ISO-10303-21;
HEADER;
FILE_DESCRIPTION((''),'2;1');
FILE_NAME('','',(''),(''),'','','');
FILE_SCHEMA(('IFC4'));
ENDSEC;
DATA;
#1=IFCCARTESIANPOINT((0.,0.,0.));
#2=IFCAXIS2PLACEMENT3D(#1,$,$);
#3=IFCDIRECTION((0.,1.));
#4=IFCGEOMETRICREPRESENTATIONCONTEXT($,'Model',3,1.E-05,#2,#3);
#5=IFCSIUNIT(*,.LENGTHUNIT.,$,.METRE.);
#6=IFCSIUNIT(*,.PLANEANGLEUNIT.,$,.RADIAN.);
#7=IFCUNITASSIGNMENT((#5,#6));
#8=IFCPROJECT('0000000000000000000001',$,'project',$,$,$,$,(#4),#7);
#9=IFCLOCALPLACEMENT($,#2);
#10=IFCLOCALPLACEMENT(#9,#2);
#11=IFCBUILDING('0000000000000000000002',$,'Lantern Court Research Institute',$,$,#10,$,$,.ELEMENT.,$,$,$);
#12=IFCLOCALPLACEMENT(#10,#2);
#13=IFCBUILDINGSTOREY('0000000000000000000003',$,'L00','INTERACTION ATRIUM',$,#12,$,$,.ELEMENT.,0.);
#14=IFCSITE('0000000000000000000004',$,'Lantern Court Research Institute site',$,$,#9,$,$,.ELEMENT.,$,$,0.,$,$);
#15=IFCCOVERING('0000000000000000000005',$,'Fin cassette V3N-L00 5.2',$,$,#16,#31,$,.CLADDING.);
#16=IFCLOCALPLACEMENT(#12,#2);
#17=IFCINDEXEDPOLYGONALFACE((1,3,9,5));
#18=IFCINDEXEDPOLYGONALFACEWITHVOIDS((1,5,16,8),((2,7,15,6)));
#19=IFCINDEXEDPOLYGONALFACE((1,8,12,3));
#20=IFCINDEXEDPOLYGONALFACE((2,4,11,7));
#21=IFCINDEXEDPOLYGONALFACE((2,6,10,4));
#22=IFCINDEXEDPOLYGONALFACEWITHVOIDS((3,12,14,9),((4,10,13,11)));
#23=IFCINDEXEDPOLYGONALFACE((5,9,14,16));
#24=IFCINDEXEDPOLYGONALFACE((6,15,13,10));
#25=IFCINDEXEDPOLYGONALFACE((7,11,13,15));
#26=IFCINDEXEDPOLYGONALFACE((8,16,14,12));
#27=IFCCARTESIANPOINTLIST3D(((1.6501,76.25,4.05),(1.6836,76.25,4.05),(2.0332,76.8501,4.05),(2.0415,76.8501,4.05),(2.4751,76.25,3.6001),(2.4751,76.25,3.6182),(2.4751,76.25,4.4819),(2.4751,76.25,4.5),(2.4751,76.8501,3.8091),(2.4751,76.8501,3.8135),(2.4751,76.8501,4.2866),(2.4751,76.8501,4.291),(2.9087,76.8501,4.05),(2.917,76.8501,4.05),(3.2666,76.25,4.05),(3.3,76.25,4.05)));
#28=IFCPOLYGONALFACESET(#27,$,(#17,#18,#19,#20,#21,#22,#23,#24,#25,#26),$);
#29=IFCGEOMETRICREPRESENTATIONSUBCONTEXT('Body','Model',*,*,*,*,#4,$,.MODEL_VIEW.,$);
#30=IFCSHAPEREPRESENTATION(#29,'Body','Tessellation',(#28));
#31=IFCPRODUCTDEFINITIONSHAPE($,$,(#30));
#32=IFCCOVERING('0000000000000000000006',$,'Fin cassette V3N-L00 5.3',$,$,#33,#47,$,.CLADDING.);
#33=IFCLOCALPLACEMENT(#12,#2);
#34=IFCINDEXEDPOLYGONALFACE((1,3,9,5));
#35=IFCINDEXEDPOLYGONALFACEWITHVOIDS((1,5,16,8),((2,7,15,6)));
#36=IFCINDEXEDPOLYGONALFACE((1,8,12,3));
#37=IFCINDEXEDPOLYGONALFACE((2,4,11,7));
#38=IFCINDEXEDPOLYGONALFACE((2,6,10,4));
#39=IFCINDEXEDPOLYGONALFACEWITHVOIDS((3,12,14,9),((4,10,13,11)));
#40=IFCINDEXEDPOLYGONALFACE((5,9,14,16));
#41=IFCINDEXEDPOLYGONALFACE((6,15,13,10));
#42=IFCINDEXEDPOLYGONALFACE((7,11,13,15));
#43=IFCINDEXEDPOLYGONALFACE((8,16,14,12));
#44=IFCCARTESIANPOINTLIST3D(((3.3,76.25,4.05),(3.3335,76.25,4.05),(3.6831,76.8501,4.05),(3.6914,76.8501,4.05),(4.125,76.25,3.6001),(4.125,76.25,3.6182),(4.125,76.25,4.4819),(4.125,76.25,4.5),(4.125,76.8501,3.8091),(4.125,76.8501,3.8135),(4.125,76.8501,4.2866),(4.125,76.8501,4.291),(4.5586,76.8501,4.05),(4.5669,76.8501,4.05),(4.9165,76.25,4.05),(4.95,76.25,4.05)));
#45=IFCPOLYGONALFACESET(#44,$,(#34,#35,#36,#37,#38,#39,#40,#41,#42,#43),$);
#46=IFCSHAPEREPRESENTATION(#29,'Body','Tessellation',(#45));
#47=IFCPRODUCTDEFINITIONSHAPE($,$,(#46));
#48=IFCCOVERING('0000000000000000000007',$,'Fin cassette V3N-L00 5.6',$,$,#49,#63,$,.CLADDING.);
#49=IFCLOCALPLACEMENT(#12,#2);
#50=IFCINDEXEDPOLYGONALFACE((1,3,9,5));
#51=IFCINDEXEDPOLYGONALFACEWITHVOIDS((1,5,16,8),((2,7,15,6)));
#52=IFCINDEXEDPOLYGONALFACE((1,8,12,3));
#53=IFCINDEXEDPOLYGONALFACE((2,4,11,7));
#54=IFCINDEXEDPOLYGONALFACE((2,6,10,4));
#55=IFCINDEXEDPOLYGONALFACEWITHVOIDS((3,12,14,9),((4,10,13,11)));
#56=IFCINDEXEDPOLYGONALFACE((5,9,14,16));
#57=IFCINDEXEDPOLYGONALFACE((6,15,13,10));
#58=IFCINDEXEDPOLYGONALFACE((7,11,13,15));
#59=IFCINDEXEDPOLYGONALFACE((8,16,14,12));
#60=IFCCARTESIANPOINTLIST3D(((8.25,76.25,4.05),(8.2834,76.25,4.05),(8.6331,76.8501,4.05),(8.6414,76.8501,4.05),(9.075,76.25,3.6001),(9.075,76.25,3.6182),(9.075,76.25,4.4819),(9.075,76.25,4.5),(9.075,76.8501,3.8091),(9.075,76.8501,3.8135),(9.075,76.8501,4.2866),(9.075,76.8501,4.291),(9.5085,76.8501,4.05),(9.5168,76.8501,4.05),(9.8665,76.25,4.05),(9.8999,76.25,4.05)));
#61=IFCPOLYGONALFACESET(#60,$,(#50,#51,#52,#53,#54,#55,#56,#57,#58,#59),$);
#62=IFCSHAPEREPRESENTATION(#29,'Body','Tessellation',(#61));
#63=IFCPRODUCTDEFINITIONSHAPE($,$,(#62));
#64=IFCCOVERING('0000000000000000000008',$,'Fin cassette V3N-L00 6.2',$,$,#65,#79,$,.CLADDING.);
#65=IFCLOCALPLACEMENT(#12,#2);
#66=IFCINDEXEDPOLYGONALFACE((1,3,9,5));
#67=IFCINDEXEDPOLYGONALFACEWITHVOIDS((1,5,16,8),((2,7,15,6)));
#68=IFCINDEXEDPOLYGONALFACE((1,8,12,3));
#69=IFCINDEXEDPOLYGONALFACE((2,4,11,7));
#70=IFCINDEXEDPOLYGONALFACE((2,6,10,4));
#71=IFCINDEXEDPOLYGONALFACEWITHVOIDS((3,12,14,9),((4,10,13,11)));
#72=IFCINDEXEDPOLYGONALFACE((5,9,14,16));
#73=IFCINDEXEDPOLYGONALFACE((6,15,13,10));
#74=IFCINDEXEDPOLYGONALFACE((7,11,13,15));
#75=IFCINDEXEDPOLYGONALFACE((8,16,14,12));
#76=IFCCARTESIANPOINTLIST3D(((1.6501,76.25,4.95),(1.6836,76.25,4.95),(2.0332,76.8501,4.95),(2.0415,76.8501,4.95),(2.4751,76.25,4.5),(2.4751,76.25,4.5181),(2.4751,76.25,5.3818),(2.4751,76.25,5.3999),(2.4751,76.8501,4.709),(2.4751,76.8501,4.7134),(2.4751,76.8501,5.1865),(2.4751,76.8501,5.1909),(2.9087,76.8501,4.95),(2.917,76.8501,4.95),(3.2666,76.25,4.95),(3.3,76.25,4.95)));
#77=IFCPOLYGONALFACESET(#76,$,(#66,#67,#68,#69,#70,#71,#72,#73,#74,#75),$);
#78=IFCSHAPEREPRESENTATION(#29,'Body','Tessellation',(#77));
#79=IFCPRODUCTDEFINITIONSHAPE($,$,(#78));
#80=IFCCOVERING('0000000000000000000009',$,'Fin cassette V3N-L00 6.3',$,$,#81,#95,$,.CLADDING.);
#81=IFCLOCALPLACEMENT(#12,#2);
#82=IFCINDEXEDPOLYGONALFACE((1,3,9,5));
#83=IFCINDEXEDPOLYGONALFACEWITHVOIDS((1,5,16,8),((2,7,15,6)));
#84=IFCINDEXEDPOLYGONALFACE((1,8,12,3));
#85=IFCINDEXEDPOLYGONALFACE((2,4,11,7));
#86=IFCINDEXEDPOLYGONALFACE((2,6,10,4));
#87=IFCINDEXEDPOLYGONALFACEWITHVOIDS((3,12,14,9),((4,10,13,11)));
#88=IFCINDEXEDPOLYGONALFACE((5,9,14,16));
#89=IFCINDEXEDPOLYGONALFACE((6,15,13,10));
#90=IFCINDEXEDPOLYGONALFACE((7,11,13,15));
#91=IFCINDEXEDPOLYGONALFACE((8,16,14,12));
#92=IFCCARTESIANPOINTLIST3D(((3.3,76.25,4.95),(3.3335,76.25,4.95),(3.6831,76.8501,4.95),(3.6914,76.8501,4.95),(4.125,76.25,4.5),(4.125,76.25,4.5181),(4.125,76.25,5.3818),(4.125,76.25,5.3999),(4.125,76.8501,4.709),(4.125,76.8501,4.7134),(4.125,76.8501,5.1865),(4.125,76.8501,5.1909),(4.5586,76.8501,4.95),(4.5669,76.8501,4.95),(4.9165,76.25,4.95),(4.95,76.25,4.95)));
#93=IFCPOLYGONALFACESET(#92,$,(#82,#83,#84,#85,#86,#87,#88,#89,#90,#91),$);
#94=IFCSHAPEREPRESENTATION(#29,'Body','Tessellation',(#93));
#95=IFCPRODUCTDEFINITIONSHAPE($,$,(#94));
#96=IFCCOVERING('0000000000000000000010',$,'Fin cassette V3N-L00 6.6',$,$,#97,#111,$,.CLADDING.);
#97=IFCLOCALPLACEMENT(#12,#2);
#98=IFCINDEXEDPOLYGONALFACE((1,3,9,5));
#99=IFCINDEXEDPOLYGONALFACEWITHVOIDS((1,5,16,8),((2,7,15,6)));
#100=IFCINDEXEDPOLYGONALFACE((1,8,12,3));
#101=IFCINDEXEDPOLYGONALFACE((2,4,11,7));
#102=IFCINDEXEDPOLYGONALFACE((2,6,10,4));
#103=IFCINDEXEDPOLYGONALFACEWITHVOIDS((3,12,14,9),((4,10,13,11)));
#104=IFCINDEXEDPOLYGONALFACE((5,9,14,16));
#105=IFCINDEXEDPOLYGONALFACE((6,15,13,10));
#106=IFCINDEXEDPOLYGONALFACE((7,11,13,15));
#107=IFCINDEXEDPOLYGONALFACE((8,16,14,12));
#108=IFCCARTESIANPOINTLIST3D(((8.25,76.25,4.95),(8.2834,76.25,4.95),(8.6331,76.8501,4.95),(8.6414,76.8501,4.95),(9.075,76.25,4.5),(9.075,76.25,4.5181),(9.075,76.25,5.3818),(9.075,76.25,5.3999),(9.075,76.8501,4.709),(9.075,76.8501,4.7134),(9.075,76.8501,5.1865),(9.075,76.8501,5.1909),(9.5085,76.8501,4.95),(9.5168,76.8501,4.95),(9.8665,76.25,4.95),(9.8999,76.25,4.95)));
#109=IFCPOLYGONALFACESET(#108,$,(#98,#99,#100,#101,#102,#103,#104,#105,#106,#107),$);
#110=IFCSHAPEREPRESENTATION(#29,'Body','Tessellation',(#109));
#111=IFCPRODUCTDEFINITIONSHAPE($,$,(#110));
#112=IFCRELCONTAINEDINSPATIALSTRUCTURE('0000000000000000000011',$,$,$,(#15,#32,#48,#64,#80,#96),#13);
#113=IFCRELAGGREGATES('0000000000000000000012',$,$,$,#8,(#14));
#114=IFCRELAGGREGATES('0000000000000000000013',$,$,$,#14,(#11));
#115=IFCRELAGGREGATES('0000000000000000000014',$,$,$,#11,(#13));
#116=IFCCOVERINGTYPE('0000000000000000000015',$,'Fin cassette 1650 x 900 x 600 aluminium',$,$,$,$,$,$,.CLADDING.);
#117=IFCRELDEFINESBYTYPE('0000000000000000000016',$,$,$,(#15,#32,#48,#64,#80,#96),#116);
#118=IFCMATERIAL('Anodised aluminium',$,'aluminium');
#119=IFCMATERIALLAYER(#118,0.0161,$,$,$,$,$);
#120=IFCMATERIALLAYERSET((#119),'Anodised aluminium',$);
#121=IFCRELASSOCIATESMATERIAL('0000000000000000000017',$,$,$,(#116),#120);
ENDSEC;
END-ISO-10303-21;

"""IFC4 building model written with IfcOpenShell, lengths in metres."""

from ifc_helpers import new_model, entity, si_unit, direction, frame, origin, place, context, subcontext, project, spatial, material, layer, layer_set, type_object, element, save


model = new_model("IFC4")

# Units and contexts
model_context = context("Model", 3, precision=1e-05, world=origin(), true_north=direction((0.0, 1.0)))
body_context = subcontext(model_context, "Body", "Model", "MODEL_VIEW")
ifc_project = project(units=[si_unit("LENGTHUNIT", "METRE"), si_unit("PLANEANGLEUNIT", "RADIAN")], contexts=[model_context])

# Site, building, storey
site_placement = place(None, origin())
site = spatial("IfcSite", under=ifc_project, at=site_placement, Name="Lantern Court Research Institute site", CompositionType="ELEMENT", RefElevation=0.0)
building_placement = place(site_placement, origin())
building = spatial("IfcBuilding", under=site, at=building_placement, Name="Lantern Court Research Institute", CompositionType="ELEMENT")
storey_placement = place(building_placement, origin())
storey = spatial("IfcBuildingStorey", under=building, at=storey_placement, Name="L00", Description="INTERACTION ATRIUM", CompositionType="ELEMENT", Elevation=0.0)

# Coverings
ifc_material_1 = material(Name="Anodised aluminium", Category="aluminium")
ifc_layer_1 = layer(ifc_material_1, 0.0161)
ifc_layer_set_1 = layer_set([ifc_layer_1], Name="Anodised aluminium")
covering_type_1 = type_object("IfcCoveringType", Name="Fin cassette 1650 x 900 x 600 aluminium", PredefinedType="CLADDING", material=ifc_layer_set_1)
covering_1_placement = place(storey_placement, frame((2.4751, 76.25, 4.05), z_axis=(0.0, 1.0, 0.0), x_axis=(-1.0, 0.0, 0.0)))
cartesian_point_1 = entity("IfcCartesianPoint", [0.825, 0.0])
cartesian_point_2 = entity("IfcCartesianPoint", [0.7915, 0.0])
cartesian_point_3 = entity("IfcCartesianPoint", [0.4419, 0.0])
cartesian_point_4 = entity("IfcCartesianPoint", [0.4336, 0.0])
element("IfcCovering", 1, at=covering_1_placement, inside=storey, type_object=covering_type_1, Name="Fin cassette V3N-L00 5.2", PredefinedType="CLADDING", context=body_context, shape_type="SweptSolid", body=[
    entity("IfcExtrudedAreaSolidTapered", entity("IfcArbitraryProfileDefWithVoids", "AREA", None, entity("IfcPolyline", [cartesian_point_1, entity("IfcCartesianPoint", [0.0, 0.45]), entity("IfcCartesianPoint", [-0.825, 0.0]), entity("IfcCartesianPoint", [0.0, -0.45]), cartesian_point_1]), [entity("IfcPolyline", [cartesian_point_2, entity("IfcCartesianPoint", [0.0, 0.4319]), entity("IfcCartesianPoint", [-0.7915, 0.0]), entity("IfcCartesianPoint", [0.0, -0.4319]), cartesian_point_2])]), entity("IfcAxis2Placement3D", entity("IfcCartesianPoint", [0.0, 0.0, 0.0])), entity("IfcDirection", [0.0, 0.0, 1.0]), 0.6001, entity("IfcArbitraryProfileDefWithVoids", "AREA", None, entity("IfcPolyline", [cartesian_point_3, entity("IfcCartesianPoint", [0.0, 0.241]), entity("IfcCartesianPoint", [-0.4419, 0.0]), entity("IfcCartesianPoint", [0.0, -0.241]), cartesian_point_3]), [entity("IfcPolyline", [cartesian_point_4, entity("IfcCartesianPoint", [0.0, 0.2366]), entity("IfcCartesianPoint", [-0.4336, 0.0]), entity("IfcCartesianPoint", [0.0, -0.2366]), cartesian_point_4])])),
])
covering_2_placement = place(storey_placement, frame((4.125, 76.25, 4.05), z_axis=(0.0, 1.0, 0.0), x_axis=(-1.0, 0.0, 0.0)))
cartesian_point_5 = entity("IfcCartesianPoint", [0.825, 0.0])
cartesian_point_6 = entity("IfcCartesianPoint", [0.7915, 0.0])
cartesian_point_7 = entity("IfcCartesianPoint", [0.4419, 0.0])
cartesian_point_8 = entity("IfcCartesianPoint", [0.4336, 0.0])
element("IfcCovering", 2, at=covering_2_placement, inside=storey, type_object=covering_type_1, Name="Fin cassette V3N-L00 5.3", PredefinedType="CLADDING", context=body_context, shape_type="SweptSolid", body=[
    entity("IfcExtrudedAreaSolidTapered", entity("IfcArbitraryProfileDefWithVoids", "AREA", None, entity("IfcPolyline", [cartesian_point_5, entity("IfcCartesianPoint", [0.0, 0.45]), entity("IfcCartesianPoint", [-0.825, 0.0]), entity("IfcCartesianPoint", [0.0, -0.45]), cartesian_point_5]), [entity("IfcPolyline", [cartesian_point_6, entity("IfcCartesianPoint", [0.0, 0.4319]), entity("IfcCartesianPoint", [-0.7915, 0.0]), entity("IfcCartesianPoint", [0.0, -0.4319]), cartesian_point_6])]), entity("IfcAxis2Placement3D", entity("IfcCartesianPoint", [0.0, 0.0, 0.0])), entity("IfcDirection", [0.0, 0.0, 1.0]), 0.6001, entity("IfcArbitraryProfileDefWithVoids", "AREA", None, entity("IfcPolyline", [cartesian_point_7, entity("IfcCartesianPoint", [0.0, 0.241]), entity("IfcCartesianPoint", [-0.4419, 0.0]), entity("IfcCartesianPoint", [0.0, -0.241]), cartesian_point_7]), [entity("IfcPolyline", [cartesian_point_8, entity("IfcCartesianPoint", [0.0, 0.2366]), entity("IfcCartesianPoint", [-0.4336, 0.0]), entity("IfcCartesianPoint", [0.0, -0.2366]), cartesian_point_8])])),
])
covering_3_placement = place(storey_placement, frame((9.075, 76.25, 4.05), z_axis=(0.0, 1.0, 0.0), x_axis=(-1.0, 0.0, 0.0)))
cartesian_point_9 = entity("IfcCartesianPoint", [0.825, 0.0])
cartesian_point_10 = entity("IfcCartesianPoint", [0.7915, 0.0])
cartesian_point_11 = entity("IfcCartesianPoint", [0.4419, 0.0])
cartesian_point_12 = entity("IfcCartesianPoint", [0.4336, 0.0])
element("IfcCovering", 3, at=covering_3_placement, inside=storey, type_object=covering_type_1, Name="Fin cassette V3N-L00 5.6", PredefinedType="CLADDING", context=body_context, shape_type="SweptSolid", body=[
    entity("IfcExtrudedAreaSolidTapered", entity("IfcArbitraryProfileDefWithVoids", "AREA", None, entity("IfcPolyline", [cartesian_point_9, entity("IfcCartesianPoint", [0.0, 0.45]), entity("IfcCartesianPoint", [-0.825, 0.0]), entity("IfcCartesianPoint", [0.0, -0.45]), cartesian_point_9]), [entity("IfcPolyline", [cartesian_point_10, entity("IfcCartesianPoint", [0.0, 0.4319]), entity("IfcCartesianPoint", [-0.7915, 0.0]), entity("IfcCartesianPoint", [0.0, -0.4319]), cartesian_point_10])]), entity("IfcAxis2Placement3D", entity("IfcCartesianPoint", [0.0, 0.0, 0.0])), entity("IfcDirection", [0.0, 0.0, 1.0]), 0.6001, entity("IfcArbitraryProfileDefWithVoids", "AREA", None, entity("IfcPolyline", [cartesian_point_11, entity("IfcCartesianPoint", [0.0, 0.241]), entity("IfcCartesianPoint", [-0.4419, 0.0]), entity("IfcCartesianPoint", [0.0, -0.241]), cartesian_point_11]), [entity("IfcPolyline", [cartesian_point_12, entity("IfcCartesianPoint", [0.0, 0.2366]), entity("IfcCartesianPoint", [-0.4336, 0.0]), entity("IfcCartesianPoint", [0.0, -0.2366]), cartesian_point_12])])),
])
covering_4_placement = place(storey_placement, frame((2.4751, 76.25, 4.95), z_axis=(0.0, 1.0, 0.0), x_axis=(-1.0, 0.0, 0.0)))
cartesian_point_13 = entity("IfcCartesianPoint", [0.825, 0.0])
cartesian_point_14 = entity("IfcCartesianPoint", [0.7915, 0.0])
cartesian_point_15 = entity("IfcCartesianPoint", [0.4419, 0.0])
cartesian_point_16 = entity("IfcCartesianPoint", [0.4336, 0.0])
element("IfcCovering", 4, at=covering_4_placement, inside=storey, type_object=covering_type_1, Name="Fin cassette V3N-L00 6.2", PredefinedType="CLADDING", context=body_context, shape_type="SweptSolid", body=[
    entity("IfcExtrudedAreaSolidTapered", entity("IfcArbitraryProfileDefWithVoids", "AREA", None, entity("IfcPolyline", [cartesian_point_13, entity("IfcCartesianPoint", [0.0, 0.45]), entity("IfcCartesianPoint", [-0.825, 0.0]), entity("IfcCartesianPoint", [0.0, -0.45]), cartesian_point_13]), [entity("IfcPolyline", [cartesian_point_14, entity("IfcCartesianPoint", [0.0, 0.4319]), entity("IfcCartesianPoint", [-0.7915, 0.0]), entity("IfcCartesianPoint", [0.0, -0.4319]), cartesian_point_14])]), entity("IfcAxis2Placement3D", entity("IfcCartesianPoint", [0.0, 0.0, 0.0])), entity("IfcDirection", [0.0, 0.0, 1.0]), 0.6001, entity("IfcArbitraryProfileDefWithVoids", "AREA", None, entity("IfcPolyline", [cartesian_point_15, entity("IfcCartesianPoint", [0.0, 0.241]), entity("IfcCartesianPoint", [-0.4419, 0.0]), entity("IfcCartesianPoint", [0.0, -0.241]), cartesian_point_15]), [entity("IfcPolyline", [cartesian_point_16, entity("IfcCartesianPoint", [0.0, 0.2366]), entity("IfcCartesianPoint", [-0.4336, 0.0]), entity("IfcCartesianPoint", [0.0, -0.2366]), cartesian_point_16])])),
])
covering_5_placement = place(storey_placement, frame((4.125, 76.25, 4.95), z_axis=(0.0, 1.0, 0.0), x_axis=(-1.0, 0.0, 0.0)))
cartesian_point_17 = entity("IfcCartesianPoint", [0.825, 0.0])
cartesian_point_18 = entity("IfcCartesianPoint", [0.7915, 0.0])
cartesian_point_19 = entity("IfcCartesianPoint", [0.4419, 0.0])
cartesian_point_20 = entity("IfcCartesianPoint", [0.4336, 0.0])
element("IfcCovering", 5, at=covering_5_placement, inside=storey, type_object=covering_type_1, Name="Fin cassette V3N-L00 6.3", PredefinedType="CLADDING", context=body_context, shape_type="SweptSolid", body=[
    entity("IfcExtrudedAreaSolidTapered", entity("IfcArbitraryProfileDefWithVoids", "AREA", None, entity("IfcPolyline", [cartesian_point_17, entity("IfcCartesianPoint", [0.0, 0.45]), entity("IfcCartesianPoint", [-0.825, 0.0]), entity("IfcCartesianPoint", [0.0, -0.45]), cartesian_point_17]), [entity("IfcPolyline", [cartesian_point_18, entity("IfcCartesianPoint", [0.0, 0.4319]), entity("IfcCartesianPoint", [-0.7915, 0.0]), entity("IfcCartesianPoint", [0.0, -0.4319]), cartesian_point_18])]), entity("IfcAxis2Placement3D", entity("IfcCartesianPoint", [0.0, 0.0, 0.0])), entity("IfcDirection", [0.0, 0.0, 1.0]), 0.6001, entity("IfcArbitraryProfileDefWithVoids", "AREA", None, entity("IfcPolyline", [cartesian_point_19, entity("IfcCartesianPoint", [0.0, 0.241]), entity("IfcCartesianPoint", [-0.4419, 0.0]), entity("IfcCartesianPoint", [0.0, -0.241]), cartesian_point_19]), [entity("IfcPolyline", [cartesian_point_20, entity("IfcCartesianPoint", [0.0, 0.2366]), entity("IfcCartesianPoint", [-0.4336, 0.0]), entity("IfcCartesianPoint", [0.0, -0.2366]), cartesian_point_20])])),
])
covering_6_placement = place(storey_placement, frame((9.075, 76.25, 4.95), z_axis=(0.0, 1.0, 0.0), x_axis=(-1.0, 0.0, 0.0)))
cartesian_point_21 = entity("IfcCartesianPoint", [0.825, 0.0])
cartesian_point_22 = entity("IfcCartesianPoint", [0.7915, 0.0])
cartesian_point_23 = entity("IfcCartesianPoint", [0.4419, 0.0])
cartesian_point_24 = entity("IfcCartesianPoint", [0.4336, 0.0])
element("IfcCovering", 6, at=covering_6_placement, inside=storey, type_object=covering_type_1, Name="Fin cassette V3N-L00 6.6", PredefinedType="CLADDING", context=body_context, shape_type="SweptSolid", body=[
    entity("IfcExtrudedAreaSolidTapered", entity("IfcArbitraryProfileDefWithVoids", "AREA", None, entity("IfcPolyline", [cartesian_point_21, entity("IfcCartesianPoint", [0.0, 0.45]), entity("IfcCartesianPoint", [-0.825, 0.0]), entity("IfcCartesianPoint", [0.0, -0.45]), cartesian_point_21]), [entity("IfcPolyline", [cartesian_point_22, entity("IfcCartesianPoint", [0.0, 0.4319]), entity("IfcCartesianPoint", [-0.7915, 0.0]), entity("IfcCartesianPoint", [0.0, -0.4319]), cartesian_point_22])]), entity("IfcAxis2Placement3D", entity("IfcCartesianPoint", [0.0, 0.0, 0.0])), entity("IfcDirection", [0.0, 0.0, 1.0]), 0.6001, entity("IfcArbitraryProfileDefWithVoids", "AREA", None, entity("IfcPolyline", [cartesian_point_23, entity("IfcCartesianPoint", [0.0, 0.241]), entity("IfcCartesianPoint", [-0.4419, 0.0]), entity("IfcCartesianPoint", [0.0, -0.241]), cartesian_point_23]), [entity("IfcPolyline", [cartesian_point_24, entity("IfcCartesianPoint", [0.0, 0.2366]), entity("IfcCartesianPoint", [-0.4336, 0.0]), entity("IfcCartesianPoint", [0.0, -0.2366]), cartesian_point_24])])),
])

save(model, "model.ifc")
